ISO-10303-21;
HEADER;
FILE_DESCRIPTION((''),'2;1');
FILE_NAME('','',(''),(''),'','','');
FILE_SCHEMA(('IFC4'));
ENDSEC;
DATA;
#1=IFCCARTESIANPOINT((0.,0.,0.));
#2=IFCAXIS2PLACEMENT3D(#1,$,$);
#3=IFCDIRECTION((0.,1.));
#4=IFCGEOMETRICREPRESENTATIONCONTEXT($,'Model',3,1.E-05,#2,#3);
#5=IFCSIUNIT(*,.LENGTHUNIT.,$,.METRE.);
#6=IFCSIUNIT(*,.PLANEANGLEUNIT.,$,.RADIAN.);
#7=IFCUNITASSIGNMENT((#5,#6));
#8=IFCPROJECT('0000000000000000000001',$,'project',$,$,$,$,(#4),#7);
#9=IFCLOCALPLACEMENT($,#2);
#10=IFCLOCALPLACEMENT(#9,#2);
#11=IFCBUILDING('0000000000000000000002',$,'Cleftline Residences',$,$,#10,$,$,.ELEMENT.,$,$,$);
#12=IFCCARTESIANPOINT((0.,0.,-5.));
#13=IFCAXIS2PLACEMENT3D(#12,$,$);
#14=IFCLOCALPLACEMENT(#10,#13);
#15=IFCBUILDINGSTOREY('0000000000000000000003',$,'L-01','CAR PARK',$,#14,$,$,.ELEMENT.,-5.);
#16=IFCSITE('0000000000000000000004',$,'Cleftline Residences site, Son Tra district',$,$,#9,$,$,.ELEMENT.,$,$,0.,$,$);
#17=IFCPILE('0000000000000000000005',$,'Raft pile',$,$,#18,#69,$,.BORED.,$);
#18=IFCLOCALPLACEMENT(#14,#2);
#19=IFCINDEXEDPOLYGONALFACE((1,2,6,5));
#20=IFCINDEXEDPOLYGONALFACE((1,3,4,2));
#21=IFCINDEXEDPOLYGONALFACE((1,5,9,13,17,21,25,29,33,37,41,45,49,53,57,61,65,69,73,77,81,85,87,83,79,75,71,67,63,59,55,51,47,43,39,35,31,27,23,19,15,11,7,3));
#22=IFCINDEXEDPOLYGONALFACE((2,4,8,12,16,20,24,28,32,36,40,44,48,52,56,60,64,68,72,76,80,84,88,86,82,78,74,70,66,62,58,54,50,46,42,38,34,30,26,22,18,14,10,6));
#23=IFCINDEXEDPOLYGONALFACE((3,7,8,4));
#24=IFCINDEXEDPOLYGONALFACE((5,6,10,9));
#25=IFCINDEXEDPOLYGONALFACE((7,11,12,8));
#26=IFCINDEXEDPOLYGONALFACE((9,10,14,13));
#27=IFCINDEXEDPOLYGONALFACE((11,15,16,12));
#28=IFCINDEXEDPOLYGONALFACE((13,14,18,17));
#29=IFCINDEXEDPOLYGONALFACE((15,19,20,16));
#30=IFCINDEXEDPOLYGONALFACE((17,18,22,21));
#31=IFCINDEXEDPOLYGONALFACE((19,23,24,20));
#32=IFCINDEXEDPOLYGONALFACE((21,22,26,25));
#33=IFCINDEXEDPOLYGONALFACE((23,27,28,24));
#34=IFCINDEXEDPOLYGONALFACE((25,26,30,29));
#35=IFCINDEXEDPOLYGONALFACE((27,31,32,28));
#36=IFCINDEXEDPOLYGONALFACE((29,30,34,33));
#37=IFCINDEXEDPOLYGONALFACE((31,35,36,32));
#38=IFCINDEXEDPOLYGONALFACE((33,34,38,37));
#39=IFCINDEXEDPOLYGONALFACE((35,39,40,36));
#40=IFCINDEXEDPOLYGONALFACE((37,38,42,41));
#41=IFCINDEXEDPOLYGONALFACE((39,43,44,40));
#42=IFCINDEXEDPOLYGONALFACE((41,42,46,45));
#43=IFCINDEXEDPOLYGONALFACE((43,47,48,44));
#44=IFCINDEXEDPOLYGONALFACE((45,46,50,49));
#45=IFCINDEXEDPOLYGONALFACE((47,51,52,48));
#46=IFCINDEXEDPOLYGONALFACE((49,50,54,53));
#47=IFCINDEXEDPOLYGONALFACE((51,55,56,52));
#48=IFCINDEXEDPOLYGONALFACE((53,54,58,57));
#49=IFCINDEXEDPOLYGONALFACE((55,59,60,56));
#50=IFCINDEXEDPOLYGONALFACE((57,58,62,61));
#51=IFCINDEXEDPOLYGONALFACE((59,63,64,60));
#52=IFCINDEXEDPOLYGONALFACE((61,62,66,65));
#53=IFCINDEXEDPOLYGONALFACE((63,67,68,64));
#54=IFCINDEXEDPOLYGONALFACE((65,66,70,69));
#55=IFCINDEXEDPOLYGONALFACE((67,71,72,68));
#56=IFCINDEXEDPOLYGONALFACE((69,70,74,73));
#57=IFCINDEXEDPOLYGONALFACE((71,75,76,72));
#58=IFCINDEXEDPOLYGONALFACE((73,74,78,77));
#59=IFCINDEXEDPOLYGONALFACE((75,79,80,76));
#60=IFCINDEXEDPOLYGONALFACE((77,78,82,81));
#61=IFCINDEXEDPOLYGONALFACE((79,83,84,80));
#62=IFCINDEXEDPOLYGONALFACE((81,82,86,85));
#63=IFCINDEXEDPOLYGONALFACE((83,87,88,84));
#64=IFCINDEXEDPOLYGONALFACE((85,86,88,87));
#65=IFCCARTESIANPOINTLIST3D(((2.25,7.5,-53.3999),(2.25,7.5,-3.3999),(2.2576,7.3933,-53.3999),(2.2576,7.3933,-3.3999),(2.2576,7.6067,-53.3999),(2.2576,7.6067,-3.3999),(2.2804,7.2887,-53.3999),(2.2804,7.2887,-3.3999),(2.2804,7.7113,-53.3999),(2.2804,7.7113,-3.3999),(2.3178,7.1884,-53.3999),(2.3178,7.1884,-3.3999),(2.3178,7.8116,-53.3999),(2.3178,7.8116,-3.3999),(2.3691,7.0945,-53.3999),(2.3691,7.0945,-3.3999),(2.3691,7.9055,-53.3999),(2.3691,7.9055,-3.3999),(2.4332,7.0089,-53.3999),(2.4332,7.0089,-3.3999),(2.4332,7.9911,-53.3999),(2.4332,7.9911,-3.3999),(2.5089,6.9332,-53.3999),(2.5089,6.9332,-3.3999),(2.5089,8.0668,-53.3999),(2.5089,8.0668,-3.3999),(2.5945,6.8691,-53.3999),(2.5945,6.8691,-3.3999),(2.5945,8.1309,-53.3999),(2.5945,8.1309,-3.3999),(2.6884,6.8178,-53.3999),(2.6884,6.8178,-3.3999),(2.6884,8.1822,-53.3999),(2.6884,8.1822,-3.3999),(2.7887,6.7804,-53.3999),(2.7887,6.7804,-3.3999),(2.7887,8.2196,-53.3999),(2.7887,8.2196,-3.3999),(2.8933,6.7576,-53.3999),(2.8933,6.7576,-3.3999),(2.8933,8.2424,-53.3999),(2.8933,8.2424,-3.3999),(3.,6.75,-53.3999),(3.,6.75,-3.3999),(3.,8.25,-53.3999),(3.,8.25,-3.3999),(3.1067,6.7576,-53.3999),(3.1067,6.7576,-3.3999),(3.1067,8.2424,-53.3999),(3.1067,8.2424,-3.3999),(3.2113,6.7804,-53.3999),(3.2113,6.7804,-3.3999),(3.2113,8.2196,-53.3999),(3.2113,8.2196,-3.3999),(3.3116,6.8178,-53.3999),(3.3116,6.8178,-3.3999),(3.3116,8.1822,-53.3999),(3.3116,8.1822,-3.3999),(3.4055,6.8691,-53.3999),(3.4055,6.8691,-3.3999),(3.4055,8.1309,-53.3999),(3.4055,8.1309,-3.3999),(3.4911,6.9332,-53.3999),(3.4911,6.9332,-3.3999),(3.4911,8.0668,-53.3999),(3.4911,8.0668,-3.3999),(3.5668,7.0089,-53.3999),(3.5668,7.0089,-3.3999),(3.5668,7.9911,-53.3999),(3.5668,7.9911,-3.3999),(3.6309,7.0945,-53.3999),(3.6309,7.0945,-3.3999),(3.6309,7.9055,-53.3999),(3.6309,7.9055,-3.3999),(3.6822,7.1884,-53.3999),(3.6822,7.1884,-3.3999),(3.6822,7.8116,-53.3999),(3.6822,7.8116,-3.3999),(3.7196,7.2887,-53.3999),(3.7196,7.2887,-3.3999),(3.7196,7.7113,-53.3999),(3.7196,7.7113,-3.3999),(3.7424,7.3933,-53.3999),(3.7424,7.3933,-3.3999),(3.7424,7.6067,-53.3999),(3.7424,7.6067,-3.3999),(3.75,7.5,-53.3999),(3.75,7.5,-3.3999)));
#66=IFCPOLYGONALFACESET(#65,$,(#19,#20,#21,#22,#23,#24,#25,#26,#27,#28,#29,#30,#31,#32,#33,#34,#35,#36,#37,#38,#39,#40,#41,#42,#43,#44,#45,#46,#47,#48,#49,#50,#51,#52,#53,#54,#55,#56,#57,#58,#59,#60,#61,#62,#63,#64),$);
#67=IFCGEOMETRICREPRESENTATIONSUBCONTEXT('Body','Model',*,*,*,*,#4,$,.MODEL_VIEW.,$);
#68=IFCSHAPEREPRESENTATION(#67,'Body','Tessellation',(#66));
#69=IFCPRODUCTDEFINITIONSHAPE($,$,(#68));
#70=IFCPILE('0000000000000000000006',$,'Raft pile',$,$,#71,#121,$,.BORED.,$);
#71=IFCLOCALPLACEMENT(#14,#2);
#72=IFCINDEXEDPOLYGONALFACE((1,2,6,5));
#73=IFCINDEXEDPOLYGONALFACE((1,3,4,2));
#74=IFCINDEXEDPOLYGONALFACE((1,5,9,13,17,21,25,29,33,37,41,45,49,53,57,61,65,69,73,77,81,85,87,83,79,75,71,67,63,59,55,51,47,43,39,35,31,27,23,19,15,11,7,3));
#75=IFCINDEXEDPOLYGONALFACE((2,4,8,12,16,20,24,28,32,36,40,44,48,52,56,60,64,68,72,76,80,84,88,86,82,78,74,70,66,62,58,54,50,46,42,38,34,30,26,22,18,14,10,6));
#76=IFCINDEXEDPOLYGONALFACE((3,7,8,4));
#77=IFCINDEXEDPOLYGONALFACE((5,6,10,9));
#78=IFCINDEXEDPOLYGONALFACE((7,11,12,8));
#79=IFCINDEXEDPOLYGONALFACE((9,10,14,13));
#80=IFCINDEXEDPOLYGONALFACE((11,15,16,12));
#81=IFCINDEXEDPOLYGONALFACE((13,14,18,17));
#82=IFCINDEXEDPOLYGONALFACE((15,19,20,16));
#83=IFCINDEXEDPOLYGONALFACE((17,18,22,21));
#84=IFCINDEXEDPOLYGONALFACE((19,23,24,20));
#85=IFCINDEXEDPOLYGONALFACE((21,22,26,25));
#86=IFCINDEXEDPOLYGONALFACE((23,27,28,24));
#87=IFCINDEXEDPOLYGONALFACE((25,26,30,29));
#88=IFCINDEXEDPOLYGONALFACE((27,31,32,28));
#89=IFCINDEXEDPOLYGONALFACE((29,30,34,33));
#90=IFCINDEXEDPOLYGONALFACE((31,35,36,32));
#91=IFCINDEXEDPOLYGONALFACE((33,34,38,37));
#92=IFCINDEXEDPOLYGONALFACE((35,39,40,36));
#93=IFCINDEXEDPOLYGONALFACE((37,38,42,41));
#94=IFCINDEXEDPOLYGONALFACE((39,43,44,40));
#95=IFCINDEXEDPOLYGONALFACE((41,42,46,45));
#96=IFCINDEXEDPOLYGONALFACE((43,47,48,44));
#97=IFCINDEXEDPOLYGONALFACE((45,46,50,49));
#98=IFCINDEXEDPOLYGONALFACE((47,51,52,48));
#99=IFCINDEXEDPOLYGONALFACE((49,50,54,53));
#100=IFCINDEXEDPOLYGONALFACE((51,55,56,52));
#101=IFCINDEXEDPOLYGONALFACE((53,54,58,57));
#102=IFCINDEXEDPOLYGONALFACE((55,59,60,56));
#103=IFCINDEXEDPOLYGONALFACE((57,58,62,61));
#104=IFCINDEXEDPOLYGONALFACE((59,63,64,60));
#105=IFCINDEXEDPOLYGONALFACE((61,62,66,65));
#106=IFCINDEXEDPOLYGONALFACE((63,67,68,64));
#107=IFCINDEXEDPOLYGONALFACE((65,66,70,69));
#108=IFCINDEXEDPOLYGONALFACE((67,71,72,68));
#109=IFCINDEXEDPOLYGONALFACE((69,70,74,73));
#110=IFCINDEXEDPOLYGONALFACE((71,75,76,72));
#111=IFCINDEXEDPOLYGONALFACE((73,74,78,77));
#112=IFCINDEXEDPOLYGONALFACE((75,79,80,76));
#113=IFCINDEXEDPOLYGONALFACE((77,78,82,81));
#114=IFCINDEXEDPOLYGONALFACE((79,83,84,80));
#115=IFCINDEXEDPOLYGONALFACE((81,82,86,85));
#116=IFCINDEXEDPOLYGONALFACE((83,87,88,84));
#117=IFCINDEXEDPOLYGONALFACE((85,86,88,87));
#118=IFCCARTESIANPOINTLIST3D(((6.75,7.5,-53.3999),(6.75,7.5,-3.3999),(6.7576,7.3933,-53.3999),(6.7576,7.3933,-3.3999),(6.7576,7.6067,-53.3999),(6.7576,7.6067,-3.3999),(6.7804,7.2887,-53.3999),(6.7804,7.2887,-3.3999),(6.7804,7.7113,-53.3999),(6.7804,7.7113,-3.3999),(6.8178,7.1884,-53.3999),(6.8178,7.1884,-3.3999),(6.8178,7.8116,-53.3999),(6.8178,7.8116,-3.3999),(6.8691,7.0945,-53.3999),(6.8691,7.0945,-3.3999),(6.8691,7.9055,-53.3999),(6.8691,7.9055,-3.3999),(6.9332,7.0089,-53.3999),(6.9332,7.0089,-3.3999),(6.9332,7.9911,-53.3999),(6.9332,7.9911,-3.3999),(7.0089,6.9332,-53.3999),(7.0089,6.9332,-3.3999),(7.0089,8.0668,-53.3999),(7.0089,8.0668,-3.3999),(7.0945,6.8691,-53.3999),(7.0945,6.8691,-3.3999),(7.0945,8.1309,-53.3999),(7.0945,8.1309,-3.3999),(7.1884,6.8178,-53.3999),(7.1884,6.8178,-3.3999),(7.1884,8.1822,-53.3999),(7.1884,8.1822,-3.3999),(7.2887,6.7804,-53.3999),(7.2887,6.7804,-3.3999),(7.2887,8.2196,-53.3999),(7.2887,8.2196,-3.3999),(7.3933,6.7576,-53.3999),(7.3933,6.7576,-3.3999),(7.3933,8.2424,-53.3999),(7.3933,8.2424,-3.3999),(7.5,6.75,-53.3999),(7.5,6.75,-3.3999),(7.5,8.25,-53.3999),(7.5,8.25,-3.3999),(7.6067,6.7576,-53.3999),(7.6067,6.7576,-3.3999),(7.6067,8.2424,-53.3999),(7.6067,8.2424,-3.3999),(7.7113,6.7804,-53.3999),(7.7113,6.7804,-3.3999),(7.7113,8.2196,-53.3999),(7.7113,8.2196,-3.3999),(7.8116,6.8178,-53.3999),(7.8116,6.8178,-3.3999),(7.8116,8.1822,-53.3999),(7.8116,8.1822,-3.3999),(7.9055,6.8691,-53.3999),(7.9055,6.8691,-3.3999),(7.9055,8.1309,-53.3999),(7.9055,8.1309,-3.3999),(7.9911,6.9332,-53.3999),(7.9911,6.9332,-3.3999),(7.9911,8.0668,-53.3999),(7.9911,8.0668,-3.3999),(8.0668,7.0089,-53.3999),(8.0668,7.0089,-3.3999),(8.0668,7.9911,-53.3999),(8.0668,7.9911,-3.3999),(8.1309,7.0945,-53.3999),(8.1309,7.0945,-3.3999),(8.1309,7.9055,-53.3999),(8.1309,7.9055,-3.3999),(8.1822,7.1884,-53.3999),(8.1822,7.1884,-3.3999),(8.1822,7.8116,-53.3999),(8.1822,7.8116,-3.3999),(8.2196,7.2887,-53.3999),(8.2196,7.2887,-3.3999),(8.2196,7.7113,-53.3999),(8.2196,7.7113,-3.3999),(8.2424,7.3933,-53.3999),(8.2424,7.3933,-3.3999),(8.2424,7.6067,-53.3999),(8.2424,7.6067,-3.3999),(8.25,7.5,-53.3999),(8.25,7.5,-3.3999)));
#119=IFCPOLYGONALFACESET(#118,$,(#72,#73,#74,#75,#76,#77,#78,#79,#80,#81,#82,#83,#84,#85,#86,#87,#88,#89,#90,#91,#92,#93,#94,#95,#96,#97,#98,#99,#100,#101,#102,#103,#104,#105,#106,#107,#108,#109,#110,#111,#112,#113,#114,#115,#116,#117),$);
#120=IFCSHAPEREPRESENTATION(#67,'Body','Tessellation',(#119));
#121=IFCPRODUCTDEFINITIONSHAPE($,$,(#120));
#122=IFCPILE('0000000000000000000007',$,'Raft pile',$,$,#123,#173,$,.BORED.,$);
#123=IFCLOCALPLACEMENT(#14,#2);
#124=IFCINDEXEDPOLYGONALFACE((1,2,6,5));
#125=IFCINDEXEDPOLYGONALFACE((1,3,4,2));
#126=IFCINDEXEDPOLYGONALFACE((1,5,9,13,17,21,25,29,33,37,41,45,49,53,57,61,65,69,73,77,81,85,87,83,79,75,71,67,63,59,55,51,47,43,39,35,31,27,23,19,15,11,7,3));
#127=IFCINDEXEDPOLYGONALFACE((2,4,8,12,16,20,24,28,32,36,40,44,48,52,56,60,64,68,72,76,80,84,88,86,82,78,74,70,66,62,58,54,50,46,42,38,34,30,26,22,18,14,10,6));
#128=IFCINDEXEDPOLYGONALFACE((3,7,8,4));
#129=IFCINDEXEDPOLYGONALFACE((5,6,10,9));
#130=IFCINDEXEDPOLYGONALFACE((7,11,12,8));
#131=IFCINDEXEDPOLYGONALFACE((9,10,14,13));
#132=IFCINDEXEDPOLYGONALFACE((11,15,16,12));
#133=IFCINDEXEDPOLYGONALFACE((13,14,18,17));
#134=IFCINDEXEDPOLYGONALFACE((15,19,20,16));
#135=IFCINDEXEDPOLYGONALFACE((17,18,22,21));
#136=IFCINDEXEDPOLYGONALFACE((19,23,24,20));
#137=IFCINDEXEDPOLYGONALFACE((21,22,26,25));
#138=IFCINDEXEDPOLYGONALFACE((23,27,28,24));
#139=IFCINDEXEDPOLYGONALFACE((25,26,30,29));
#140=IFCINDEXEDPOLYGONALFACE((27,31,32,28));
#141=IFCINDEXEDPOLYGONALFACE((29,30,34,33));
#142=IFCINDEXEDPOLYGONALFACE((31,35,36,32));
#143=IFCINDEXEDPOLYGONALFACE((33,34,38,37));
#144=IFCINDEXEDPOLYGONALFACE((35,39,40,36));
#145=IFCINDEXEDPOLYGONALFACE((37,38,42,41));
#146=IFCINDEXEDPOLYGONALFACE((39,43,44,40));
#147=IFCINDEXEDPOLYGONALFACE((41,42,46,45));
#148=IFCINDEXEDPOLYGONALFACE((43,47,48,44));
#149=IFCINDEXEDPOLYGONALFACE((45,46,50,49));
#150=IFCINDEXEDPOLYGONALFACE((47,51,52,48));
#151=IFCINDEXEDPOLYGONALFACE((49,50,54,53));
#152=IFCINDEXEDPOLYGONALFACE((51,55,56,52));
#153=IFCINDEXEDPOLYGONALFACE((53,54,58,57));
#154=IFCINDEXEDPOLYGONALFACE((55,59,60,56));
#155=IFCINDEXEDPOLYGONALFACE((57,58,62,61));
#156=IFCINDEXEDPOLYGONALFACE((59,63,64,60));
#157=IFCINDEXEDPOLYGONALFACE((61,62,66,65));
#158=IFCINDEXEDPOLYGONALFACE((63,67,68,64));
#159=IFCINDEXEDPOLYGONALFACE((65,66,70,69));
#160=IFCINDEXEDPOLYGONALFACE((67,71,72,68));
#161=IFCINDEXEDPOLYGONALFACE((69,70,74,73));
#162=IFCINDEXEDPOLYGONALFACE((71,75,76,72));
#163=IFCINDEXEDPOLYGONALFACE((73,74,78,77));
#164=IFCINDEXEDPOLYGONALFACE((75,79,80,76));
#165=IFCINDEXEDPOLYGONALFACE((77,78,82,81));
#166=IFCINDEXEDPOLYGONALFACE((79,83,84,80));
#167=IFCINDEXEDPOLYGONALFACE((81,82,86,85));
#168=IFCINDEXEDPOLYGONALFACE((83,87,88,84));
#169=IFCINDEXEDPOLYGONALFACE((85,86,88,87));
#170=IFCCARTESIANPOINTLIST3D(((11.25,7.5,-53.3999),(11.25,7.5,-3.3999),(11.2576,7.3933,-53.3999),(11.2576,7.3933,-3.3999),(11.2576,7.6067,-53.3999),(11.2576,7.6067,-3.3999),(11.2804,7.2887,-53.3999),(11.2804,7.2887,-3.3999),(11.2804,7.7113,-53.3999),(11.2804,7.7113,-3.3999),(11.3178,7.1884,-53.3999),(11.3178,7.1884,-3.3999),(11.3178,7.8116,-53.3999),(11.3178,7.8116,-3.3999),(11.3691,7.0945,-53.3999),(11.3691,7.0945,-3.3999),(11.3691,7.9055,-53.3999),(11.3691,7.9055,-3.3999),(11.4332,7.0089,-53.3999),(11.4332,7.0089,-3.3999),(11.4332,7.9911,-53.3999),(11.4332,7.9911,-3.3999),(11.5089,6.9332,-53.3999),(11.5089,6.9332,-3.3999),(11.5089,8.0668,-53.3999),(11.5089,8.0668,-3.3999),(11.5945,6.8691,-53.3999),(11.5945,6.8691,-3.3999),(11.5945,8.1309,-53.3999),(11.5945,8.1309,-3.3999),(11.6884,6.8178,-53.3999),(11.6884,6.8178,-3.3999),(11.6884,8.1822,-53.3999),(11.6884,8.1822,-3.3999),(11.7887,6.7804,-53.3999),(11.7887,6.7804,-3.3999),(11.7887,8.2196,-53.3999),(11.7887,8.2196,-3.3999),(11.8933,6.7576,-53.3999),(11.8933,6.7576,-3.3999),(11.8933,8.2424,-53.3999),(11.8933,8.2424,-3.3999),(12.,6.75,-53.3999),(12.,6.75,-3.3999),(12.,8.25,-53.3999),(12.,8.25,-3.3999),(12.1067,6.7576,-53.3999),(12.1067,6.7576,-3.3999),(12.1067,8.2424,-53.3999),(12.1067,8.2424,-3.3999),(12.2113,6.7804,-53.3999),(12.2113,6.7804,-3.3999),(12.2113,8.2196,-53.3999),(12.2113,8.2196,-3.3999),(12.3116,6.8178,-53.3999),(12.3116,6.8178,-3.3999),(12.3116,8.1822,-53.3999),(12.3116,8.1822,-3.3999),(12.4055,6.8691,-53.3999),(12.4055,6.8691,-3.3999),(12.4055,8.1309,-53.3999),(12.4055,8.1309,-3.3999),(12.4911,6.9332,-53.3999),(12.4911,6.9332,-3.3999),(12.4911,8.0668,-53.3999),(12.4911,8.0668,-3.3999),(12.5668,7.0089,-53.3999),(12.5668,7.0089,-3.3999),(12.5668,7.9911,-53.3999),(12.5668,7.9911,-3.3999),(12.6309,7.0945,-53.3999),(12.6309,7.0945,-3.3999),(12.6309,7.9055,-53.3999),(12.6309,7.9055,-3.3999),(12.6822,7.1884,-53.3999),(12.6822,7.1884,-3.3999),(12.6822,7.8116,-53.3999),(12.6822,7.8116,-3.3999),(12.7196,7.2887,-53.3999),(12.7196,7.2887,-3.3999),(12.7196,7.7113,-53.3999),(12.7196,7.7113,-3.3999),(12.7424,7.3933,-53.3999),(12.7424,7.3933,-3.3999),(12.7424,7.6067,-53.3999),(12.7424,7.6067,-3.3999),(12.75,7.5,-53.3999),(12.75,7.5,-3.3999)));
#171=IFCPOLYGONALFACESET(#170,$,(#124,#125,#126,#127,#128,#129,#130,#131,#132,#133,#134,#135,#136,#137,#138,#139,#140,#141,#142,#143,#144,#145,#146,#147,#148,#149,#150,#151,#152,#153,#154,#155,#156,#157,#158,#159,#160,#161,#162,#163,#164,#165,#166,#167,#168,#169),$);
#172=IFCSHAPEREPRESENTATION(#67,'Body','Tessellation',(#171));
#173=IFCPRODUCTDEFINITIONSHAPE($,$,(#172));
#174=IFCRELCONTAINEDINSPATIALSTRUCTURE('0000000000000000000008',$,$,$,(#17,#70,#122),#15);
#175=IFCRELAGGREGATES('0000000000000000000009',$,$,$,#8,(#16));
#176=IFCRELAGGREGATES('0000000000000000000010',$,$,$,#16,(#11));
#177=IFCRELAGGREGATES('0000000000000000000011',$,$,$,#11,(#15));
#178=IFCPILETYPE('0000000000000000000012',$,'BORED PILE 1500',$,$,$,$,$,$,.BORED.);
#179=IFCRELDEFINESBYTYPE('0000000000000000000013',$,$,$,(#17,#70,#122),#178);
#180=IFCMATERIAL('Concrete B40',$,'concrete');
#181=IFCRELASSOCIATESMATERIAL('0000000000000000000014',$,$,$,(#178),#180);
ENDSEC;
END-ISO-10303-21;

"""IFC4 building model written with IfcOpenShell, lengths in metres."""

from ifc_helpers import new_model, si_unit, direction, frame, origin, origin_2d, place, context, subcontext, project, spatial, circle, extrude, material, material_profile, profile_set, type_object, element, save


model = new_model("IFC4")

# Units and contexts
model_context = context("Model", 3, precision=1e-05, world=origin(), true_north=direction((0.0, 1.0)))
body_context = subcontext(model_context, "Body", "Model", "MODEL_VIEW")
ifc_project = project(units=[si_unit("LENGTHUNIT", "METRE"), si_unit("PLANEANGLEUNIT", "RADIAN")], contexts=[model_context])

# Site, building, storey
site_placement = place(None, origin())
site = spatial("IfcSite", under=ifc_project, at=site_placement, Name="Cleftline Residences site, Son Tra district", CompositionType="ELEMENT", RefElevation=0.0)
building_placement = place(site_placement, origin())
building = spatial("IfcBuilding", under=site, at=building_placement, Name="Cleftline Residences", CompositionType="ELEMENT")
storey_placement = place(building_placement, frame((0.0, 0.0, -5.0)))
storey = spatial("IfcBuildingStorey", under=building, at=storey_placement, Name="L-01", Description="CAR PARK", CompositionType="ELEMENT", Elevation=-5.0)

# Piles
ifc_material_1 = material(Name="Concrete B40", Category="concrete")
ifc_material_profile_1 = material_profile(ifc_material_1, circle(Radius=0.75, at=origin_2d()))
ifc_profile_set_1 = profile_set([ifc_material_profile_1], Name="Concrete B40")
pile_type = type_object("IfcPileType", Name="BORED PILE 1500", PredefinedType="BORED", material=ifc_profile_set_1)
for number, where, z_axis, x_axis, name in (
    (1, (3.0, 7.5, -3.3999), (0.0, 0.0, -1.0), (1.0, 0.0, 0.0), "Raft pile"),
    (2, (7.5, 7.5, -3.3999), (0.0, 0.0, -1.0), (1.0, 0.0, 0.0), "Raft pile"),
    (3, (12.0, 7.5, -3.3999), (0.0, 0.0, -1.0), (1.0, 0.0, 0.0), "Raft pile"),
):
    element("IfcPile", number, at=place(storey_placement, frame(where, z_axis=z_axis, x_axis=x_axis)), inside=storey, type_object=pile_type, Name=name, PredefinedType="BORED", context=body_context, shape_type="SweptSolid", body=[
        extrude(circle(Radius=0.75, at=origin_2d()), origin(), (0.0, 0.0, 1.0), 50.0),
    ])

save(model, "model.ifc")
